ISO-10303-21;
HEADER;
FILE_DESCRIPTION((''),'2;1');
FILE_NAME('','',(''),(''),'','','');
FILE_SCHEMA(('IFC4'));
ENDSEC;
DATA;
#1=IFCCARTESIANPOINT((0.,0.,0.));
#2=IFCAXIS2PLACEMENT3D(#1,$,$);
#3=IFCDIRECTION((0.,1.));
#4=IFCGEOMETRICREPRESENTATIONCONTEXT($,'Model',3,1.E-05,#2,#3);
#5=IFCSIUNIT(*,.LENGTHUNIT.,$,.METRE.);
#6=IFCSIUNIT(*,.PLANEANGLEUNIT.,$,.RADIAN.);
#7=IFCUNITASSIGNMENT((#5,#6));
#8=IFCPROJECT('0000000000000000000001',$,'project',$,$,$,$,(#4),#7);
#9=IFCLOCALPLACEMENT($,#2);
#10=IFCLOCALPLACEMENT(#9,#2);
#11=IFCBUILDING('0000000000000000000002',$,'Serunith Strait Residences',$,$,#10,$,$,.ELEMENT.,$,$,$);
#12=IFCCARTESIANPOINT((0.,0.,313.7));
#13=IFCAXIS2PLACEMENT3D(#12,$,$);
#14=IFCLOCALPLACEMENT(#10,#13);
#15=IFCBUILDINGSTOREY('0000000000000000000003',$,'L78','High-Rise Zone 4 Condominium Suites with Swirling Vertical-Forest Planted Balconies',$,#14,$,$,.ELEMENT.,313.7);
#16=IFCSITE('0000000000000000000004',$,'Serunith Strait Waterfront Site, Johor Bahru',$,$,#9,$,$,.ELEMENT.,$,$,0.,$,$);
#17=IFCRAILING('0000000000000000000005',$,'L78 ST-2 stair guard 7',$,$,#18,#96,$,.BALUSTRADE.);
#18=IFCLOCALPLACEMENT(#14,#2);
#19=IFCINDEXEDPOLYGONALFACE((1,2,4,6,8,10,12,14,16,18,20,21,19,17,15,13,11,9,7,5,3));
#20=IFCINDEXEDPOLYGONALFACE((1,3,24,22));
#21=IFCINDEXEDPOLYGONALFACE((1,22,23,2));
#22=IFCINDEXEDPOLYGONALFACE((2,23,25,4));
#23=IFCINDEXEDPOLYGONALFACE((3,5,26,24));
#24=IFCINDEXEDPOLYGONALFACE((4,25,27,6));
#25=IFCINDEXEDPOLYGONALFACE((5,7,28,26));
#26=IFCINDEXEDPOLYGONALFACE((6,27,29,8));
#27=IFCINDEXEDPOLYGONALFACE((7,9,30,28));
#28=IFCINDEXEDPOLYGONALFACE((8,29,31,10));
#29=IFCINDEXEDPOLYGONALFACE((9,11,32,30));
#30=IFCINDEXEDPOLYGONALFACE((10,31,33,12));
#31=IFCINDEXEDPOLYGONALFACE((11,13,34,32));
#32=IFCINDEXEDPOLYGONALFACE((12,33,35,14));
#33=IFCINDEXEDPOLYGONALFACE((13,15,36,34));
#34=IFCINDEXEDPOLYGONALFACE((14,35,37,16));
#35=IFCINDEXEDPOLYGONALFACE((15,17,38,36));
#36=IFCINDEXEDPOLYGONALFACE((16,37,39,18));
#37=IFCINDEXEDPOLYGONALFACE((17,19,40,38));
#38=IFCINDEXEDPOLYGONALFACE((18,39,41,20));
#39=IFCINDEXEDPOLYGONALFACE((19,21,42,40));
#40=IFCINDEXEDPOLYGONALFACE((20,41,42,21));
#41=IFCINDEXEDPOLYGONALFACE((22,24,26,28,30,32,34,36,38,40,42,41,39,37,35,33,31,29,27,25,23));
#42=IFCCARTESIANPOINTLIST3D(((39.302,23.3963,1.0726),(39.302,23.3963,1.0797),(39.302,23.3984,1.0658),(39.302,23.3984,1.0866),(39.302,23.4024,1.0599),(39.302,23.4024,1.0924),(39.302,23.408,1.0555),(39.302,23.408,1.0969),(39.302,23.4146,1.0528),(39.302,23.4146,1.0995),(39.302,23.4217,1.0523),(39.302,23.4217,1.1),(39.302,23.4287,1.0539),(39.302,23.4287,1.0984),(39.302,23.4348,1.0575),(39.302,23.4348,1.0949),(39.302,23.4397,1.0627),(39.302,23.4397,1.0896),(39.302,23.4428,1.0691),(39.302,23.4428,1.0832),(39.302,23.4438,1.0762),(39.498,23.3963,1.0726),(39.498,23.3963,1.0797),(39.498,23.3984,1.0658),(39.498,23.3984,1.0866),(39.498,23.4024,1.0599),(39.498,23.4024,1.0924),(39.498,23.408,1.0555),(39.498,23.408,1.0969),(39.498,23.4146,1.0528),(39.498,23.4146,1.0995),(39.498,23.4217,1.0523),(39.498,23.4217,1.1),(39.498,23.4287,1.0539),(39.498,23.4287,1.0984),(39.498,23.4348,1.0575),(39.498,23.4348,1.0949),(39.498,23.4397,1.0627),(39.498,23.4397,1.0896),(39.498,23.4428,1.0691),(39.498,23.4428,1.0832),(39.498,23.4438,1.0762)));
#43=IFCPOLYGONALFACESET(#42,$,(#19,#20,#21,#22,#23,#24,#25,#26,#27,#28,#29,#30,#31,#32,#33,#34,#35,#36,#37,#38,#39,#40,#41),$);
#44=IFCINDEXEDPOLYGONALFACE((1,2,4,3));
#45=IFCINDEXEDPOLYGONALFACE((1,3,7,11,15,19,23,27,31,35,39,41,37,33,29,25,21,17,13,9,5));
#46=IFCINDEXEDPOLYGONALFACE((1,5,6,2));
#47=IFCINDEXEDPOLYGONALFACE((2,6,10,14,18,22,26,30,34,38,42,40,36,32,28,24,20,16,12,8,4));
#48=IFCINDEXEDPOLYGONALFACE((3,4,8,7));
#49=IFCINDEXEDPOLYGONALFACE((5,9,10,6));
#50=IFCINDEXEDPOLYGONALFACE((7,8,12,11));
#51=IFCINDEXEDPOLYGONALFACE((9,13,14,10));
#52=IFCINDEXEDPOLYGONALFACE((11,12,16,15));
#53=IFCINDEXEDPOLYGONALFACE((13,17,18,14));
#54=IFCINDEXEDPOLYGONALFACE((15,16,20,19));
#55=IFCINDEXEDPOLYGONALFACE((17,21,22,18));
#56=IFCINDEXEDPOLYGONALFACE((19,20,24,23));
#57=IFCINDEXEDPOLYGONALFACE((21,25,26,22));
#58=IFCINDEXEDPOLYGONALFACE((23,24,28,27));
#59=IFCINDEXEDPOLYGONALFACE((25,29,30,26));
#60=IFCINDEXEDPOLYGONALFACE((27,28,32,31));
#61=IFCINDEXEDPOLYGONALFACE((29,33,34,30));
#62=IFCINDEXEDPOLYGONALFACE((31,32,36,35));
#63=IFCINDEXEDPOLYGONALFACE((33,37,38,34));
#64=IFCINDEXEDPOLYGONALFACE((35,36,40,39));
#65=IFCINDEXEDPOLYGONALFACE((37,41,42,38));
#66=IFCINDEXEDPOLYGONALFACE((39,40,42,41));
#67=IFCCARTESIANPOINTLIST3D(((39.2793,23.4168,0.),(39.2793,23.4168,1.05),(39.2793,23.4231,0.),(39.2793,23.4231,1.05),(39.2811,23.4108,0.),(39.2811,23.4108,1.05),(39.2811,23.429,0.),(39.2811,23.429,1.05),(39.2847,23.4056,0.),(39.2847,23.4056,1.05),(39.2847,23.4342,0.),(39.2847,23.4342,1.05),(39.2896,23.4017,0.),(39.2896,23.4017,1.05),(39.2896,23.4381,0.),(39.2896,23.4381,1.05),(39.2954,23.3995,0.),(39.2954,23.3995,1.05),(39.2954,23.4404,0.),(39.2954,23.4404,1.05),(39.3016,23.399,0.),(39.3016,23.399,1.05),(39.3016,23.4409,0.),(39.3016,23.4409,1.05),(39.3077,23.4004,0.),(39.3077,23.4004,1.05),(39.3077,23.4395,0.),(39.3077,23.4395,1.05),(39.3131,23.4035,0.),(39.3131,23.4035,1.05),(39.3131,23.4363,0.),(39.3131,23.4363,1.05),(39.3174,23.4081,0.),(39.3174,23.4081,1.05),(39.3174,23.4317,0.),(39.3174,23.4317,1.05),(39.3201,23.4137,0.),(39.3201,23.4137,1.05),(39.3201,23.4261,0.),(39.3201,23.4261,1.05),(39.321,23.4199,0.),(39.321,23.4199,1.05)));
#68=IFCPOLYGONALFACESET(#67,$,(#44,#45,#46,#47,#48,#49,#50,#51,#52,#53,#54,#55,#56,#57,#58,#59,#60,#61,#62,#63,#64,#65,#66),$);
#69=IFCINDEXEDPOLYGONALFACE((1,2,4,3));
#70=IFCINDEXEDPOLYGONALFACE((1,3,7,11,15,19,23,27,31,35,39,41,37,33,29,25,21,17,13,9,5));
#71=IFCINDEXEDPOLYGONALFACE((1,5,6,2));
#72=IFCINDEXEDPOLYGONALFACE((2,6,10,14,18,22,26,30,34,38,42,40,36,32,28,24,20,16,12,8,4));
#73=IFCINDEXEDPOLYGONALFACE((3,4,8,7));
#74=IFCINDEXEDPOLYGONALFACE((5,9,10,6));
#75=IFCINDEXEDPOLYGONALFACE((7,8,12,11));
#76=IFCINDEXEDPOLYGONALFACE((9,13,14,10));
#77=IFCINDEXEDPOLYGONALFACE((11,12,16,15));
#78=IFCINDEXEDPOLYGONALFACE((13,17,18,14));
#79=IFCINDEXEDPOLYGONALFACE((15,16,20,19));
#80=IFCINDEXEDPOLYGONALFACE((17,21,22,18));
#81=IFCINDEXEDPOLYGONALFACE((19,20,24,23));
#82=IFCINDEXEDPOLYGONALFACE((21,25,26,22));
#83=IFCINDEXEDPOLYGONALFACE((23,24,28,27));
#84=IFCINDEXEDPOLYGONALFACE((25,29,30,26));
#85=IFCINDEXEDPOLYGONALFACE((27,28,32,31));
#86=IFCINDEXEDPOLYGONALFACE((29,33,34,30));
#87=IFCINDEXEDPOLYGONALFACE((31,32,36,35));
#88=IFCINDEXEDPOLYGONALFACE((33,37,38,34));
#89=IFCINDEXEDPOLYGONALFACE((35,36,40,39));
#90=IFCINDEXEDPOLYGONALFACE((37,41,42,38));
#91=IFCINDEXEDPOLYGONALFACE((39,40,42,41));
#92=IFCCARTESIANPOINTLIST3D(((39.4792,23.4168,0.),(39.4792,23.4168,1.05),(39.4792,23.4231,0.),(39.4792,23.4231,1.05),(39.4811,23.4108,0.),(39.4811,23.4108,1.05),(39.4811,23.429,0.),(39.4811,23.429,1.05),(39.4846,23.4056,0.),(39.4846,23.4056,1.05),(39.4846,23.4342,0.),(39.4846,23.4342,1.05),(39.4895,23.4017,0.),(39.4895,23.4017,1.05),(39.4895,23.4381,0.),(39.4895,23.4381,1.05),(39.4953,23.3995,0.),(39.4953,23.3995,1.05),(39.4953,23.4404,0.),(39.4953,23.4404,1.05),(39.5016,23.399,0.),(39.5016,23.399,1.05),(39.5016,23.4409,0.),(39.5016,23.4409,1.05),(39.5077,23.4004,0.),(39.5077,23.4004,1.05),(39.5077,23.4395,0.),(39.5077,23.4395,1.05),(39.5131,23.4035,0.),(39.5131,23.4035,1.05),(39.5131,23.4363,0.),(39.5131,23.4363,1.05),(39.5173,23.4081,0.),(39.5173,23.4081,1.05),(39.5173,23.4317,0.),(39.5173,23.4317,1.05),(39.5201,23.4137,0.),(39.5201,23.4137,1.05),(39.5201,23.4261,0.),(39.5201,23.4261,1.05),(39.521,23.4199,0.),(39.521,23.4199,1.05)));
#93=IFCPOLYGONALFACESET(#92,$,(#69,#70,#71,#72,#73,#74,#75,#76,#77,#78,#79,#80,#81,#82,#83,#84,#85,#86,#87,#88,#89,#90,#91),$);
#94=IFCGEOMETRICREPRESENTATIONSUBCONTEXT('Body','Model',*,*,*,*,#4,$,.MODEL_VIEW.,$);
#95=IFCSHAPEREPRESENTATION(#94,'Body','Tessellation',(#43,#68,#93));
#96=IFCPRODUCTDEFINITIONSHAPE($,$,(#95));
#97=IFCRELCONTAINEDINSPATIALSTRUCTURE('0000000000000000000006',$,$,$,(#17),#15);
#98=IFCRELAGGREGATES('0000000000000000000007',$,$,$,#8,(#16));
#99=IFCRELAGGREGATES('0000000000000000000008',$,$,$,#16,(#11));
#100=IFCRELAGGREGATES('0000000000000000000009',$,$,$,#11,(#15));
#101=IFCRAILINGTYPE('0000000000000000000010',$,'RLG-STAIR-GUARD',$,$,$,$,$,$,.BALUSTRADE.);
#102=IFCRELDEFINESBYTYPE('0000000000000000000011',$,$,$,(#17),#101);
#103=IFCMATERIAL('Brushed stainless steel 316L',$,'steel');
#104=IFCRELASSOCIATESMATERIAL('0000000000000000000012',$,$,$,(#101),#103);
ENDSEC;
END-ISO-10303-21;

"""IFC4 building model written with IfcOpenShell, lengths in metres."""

from ifc_helpers import new_model, si_unit, direction, frame, origin, origin_2d, place, context, subcontext, project, spatial, circle, extrude, material, type_object, element, save


model = new_model("IFC4")

# Units and contexts
model_context = context("Model", 3, precision=1e-05, world=origin(), true_north=direction((0.0, 1.0)))
body_context = subcontext(model_context, "Body", "Model", "MODEL_VIEW")
ifc_project = project(units=[si_unit("LENGTHUNIT", "METRE"), si_unit("PLANEANGLEUNIT", "RADIAN")], contexts=[model_context])

# Site, building, storey
site_placement = place(None, origin())
site = spatial("IfcSite", under=ifc_project, at=site_placement, Name="Serunith Strait Waterfront Site, Johor Bahru", CompositionType="ELEMENT", RefElevation=0.0)
building_placement = place(site_placement, origin())
building = spatial("IfcBuilding", under=site, at=building_placement, Name="Serunith Strait Residences", CompositionType="ELEMENT")
storey_placement = place(building_placement, frame((0.0, 0.0, 313.7)))
storey = spatial("IfcBuildingStorey", under=building, at=storey_placement, Name="L78", Description="High-Rise Zone 4 Condominium Suites with Swirling Vertical-Forest Planted Balconies", CompositionType="ELEMENT", Elevation=313.7)

# Railing
ifc_material_1 = material(Name="Brushed stainless steel 316L", Category="steel")
railing_type_1 = type_object("IfcRailingType", Name="RLG-STAIR-GUARD", PredefinedType="BALUSTRADE", material=ifc_material_1)
railing_1_placement = place(storey_placement, frame((39.3, 23.4199, 0.0)))
element("IfcRailing", 1, at=railing_1_placement, inside=storey, type_object=railing_type_1, Name="L78 ST-2 stair guard 7", PredefinedType="BALUSTRADE", context=body_context, shape_type="SweptSolid", body=[
    extrude(circle(Radius=0.0239, at=origin_2d()), frame((0.002, 0.0, 1.0762), z_axis=(1.0, 0.0, 0.0), x_axis=(0.0, 1.0, 0.0)), (0.0, 0.0, 1.0), 0.196),
    extrude(circle(Radius=0.021, at=origin_2d()), origin(), (0.0, 0.0, 1.0), 1.05),
    extrude(circle(Radius=0.021, at=origin_2d()), frame((0.2, 0.0, 0.0)), (0.0, 0.0, 1.0), 1.05),
])

save(model, "model.ifc")
